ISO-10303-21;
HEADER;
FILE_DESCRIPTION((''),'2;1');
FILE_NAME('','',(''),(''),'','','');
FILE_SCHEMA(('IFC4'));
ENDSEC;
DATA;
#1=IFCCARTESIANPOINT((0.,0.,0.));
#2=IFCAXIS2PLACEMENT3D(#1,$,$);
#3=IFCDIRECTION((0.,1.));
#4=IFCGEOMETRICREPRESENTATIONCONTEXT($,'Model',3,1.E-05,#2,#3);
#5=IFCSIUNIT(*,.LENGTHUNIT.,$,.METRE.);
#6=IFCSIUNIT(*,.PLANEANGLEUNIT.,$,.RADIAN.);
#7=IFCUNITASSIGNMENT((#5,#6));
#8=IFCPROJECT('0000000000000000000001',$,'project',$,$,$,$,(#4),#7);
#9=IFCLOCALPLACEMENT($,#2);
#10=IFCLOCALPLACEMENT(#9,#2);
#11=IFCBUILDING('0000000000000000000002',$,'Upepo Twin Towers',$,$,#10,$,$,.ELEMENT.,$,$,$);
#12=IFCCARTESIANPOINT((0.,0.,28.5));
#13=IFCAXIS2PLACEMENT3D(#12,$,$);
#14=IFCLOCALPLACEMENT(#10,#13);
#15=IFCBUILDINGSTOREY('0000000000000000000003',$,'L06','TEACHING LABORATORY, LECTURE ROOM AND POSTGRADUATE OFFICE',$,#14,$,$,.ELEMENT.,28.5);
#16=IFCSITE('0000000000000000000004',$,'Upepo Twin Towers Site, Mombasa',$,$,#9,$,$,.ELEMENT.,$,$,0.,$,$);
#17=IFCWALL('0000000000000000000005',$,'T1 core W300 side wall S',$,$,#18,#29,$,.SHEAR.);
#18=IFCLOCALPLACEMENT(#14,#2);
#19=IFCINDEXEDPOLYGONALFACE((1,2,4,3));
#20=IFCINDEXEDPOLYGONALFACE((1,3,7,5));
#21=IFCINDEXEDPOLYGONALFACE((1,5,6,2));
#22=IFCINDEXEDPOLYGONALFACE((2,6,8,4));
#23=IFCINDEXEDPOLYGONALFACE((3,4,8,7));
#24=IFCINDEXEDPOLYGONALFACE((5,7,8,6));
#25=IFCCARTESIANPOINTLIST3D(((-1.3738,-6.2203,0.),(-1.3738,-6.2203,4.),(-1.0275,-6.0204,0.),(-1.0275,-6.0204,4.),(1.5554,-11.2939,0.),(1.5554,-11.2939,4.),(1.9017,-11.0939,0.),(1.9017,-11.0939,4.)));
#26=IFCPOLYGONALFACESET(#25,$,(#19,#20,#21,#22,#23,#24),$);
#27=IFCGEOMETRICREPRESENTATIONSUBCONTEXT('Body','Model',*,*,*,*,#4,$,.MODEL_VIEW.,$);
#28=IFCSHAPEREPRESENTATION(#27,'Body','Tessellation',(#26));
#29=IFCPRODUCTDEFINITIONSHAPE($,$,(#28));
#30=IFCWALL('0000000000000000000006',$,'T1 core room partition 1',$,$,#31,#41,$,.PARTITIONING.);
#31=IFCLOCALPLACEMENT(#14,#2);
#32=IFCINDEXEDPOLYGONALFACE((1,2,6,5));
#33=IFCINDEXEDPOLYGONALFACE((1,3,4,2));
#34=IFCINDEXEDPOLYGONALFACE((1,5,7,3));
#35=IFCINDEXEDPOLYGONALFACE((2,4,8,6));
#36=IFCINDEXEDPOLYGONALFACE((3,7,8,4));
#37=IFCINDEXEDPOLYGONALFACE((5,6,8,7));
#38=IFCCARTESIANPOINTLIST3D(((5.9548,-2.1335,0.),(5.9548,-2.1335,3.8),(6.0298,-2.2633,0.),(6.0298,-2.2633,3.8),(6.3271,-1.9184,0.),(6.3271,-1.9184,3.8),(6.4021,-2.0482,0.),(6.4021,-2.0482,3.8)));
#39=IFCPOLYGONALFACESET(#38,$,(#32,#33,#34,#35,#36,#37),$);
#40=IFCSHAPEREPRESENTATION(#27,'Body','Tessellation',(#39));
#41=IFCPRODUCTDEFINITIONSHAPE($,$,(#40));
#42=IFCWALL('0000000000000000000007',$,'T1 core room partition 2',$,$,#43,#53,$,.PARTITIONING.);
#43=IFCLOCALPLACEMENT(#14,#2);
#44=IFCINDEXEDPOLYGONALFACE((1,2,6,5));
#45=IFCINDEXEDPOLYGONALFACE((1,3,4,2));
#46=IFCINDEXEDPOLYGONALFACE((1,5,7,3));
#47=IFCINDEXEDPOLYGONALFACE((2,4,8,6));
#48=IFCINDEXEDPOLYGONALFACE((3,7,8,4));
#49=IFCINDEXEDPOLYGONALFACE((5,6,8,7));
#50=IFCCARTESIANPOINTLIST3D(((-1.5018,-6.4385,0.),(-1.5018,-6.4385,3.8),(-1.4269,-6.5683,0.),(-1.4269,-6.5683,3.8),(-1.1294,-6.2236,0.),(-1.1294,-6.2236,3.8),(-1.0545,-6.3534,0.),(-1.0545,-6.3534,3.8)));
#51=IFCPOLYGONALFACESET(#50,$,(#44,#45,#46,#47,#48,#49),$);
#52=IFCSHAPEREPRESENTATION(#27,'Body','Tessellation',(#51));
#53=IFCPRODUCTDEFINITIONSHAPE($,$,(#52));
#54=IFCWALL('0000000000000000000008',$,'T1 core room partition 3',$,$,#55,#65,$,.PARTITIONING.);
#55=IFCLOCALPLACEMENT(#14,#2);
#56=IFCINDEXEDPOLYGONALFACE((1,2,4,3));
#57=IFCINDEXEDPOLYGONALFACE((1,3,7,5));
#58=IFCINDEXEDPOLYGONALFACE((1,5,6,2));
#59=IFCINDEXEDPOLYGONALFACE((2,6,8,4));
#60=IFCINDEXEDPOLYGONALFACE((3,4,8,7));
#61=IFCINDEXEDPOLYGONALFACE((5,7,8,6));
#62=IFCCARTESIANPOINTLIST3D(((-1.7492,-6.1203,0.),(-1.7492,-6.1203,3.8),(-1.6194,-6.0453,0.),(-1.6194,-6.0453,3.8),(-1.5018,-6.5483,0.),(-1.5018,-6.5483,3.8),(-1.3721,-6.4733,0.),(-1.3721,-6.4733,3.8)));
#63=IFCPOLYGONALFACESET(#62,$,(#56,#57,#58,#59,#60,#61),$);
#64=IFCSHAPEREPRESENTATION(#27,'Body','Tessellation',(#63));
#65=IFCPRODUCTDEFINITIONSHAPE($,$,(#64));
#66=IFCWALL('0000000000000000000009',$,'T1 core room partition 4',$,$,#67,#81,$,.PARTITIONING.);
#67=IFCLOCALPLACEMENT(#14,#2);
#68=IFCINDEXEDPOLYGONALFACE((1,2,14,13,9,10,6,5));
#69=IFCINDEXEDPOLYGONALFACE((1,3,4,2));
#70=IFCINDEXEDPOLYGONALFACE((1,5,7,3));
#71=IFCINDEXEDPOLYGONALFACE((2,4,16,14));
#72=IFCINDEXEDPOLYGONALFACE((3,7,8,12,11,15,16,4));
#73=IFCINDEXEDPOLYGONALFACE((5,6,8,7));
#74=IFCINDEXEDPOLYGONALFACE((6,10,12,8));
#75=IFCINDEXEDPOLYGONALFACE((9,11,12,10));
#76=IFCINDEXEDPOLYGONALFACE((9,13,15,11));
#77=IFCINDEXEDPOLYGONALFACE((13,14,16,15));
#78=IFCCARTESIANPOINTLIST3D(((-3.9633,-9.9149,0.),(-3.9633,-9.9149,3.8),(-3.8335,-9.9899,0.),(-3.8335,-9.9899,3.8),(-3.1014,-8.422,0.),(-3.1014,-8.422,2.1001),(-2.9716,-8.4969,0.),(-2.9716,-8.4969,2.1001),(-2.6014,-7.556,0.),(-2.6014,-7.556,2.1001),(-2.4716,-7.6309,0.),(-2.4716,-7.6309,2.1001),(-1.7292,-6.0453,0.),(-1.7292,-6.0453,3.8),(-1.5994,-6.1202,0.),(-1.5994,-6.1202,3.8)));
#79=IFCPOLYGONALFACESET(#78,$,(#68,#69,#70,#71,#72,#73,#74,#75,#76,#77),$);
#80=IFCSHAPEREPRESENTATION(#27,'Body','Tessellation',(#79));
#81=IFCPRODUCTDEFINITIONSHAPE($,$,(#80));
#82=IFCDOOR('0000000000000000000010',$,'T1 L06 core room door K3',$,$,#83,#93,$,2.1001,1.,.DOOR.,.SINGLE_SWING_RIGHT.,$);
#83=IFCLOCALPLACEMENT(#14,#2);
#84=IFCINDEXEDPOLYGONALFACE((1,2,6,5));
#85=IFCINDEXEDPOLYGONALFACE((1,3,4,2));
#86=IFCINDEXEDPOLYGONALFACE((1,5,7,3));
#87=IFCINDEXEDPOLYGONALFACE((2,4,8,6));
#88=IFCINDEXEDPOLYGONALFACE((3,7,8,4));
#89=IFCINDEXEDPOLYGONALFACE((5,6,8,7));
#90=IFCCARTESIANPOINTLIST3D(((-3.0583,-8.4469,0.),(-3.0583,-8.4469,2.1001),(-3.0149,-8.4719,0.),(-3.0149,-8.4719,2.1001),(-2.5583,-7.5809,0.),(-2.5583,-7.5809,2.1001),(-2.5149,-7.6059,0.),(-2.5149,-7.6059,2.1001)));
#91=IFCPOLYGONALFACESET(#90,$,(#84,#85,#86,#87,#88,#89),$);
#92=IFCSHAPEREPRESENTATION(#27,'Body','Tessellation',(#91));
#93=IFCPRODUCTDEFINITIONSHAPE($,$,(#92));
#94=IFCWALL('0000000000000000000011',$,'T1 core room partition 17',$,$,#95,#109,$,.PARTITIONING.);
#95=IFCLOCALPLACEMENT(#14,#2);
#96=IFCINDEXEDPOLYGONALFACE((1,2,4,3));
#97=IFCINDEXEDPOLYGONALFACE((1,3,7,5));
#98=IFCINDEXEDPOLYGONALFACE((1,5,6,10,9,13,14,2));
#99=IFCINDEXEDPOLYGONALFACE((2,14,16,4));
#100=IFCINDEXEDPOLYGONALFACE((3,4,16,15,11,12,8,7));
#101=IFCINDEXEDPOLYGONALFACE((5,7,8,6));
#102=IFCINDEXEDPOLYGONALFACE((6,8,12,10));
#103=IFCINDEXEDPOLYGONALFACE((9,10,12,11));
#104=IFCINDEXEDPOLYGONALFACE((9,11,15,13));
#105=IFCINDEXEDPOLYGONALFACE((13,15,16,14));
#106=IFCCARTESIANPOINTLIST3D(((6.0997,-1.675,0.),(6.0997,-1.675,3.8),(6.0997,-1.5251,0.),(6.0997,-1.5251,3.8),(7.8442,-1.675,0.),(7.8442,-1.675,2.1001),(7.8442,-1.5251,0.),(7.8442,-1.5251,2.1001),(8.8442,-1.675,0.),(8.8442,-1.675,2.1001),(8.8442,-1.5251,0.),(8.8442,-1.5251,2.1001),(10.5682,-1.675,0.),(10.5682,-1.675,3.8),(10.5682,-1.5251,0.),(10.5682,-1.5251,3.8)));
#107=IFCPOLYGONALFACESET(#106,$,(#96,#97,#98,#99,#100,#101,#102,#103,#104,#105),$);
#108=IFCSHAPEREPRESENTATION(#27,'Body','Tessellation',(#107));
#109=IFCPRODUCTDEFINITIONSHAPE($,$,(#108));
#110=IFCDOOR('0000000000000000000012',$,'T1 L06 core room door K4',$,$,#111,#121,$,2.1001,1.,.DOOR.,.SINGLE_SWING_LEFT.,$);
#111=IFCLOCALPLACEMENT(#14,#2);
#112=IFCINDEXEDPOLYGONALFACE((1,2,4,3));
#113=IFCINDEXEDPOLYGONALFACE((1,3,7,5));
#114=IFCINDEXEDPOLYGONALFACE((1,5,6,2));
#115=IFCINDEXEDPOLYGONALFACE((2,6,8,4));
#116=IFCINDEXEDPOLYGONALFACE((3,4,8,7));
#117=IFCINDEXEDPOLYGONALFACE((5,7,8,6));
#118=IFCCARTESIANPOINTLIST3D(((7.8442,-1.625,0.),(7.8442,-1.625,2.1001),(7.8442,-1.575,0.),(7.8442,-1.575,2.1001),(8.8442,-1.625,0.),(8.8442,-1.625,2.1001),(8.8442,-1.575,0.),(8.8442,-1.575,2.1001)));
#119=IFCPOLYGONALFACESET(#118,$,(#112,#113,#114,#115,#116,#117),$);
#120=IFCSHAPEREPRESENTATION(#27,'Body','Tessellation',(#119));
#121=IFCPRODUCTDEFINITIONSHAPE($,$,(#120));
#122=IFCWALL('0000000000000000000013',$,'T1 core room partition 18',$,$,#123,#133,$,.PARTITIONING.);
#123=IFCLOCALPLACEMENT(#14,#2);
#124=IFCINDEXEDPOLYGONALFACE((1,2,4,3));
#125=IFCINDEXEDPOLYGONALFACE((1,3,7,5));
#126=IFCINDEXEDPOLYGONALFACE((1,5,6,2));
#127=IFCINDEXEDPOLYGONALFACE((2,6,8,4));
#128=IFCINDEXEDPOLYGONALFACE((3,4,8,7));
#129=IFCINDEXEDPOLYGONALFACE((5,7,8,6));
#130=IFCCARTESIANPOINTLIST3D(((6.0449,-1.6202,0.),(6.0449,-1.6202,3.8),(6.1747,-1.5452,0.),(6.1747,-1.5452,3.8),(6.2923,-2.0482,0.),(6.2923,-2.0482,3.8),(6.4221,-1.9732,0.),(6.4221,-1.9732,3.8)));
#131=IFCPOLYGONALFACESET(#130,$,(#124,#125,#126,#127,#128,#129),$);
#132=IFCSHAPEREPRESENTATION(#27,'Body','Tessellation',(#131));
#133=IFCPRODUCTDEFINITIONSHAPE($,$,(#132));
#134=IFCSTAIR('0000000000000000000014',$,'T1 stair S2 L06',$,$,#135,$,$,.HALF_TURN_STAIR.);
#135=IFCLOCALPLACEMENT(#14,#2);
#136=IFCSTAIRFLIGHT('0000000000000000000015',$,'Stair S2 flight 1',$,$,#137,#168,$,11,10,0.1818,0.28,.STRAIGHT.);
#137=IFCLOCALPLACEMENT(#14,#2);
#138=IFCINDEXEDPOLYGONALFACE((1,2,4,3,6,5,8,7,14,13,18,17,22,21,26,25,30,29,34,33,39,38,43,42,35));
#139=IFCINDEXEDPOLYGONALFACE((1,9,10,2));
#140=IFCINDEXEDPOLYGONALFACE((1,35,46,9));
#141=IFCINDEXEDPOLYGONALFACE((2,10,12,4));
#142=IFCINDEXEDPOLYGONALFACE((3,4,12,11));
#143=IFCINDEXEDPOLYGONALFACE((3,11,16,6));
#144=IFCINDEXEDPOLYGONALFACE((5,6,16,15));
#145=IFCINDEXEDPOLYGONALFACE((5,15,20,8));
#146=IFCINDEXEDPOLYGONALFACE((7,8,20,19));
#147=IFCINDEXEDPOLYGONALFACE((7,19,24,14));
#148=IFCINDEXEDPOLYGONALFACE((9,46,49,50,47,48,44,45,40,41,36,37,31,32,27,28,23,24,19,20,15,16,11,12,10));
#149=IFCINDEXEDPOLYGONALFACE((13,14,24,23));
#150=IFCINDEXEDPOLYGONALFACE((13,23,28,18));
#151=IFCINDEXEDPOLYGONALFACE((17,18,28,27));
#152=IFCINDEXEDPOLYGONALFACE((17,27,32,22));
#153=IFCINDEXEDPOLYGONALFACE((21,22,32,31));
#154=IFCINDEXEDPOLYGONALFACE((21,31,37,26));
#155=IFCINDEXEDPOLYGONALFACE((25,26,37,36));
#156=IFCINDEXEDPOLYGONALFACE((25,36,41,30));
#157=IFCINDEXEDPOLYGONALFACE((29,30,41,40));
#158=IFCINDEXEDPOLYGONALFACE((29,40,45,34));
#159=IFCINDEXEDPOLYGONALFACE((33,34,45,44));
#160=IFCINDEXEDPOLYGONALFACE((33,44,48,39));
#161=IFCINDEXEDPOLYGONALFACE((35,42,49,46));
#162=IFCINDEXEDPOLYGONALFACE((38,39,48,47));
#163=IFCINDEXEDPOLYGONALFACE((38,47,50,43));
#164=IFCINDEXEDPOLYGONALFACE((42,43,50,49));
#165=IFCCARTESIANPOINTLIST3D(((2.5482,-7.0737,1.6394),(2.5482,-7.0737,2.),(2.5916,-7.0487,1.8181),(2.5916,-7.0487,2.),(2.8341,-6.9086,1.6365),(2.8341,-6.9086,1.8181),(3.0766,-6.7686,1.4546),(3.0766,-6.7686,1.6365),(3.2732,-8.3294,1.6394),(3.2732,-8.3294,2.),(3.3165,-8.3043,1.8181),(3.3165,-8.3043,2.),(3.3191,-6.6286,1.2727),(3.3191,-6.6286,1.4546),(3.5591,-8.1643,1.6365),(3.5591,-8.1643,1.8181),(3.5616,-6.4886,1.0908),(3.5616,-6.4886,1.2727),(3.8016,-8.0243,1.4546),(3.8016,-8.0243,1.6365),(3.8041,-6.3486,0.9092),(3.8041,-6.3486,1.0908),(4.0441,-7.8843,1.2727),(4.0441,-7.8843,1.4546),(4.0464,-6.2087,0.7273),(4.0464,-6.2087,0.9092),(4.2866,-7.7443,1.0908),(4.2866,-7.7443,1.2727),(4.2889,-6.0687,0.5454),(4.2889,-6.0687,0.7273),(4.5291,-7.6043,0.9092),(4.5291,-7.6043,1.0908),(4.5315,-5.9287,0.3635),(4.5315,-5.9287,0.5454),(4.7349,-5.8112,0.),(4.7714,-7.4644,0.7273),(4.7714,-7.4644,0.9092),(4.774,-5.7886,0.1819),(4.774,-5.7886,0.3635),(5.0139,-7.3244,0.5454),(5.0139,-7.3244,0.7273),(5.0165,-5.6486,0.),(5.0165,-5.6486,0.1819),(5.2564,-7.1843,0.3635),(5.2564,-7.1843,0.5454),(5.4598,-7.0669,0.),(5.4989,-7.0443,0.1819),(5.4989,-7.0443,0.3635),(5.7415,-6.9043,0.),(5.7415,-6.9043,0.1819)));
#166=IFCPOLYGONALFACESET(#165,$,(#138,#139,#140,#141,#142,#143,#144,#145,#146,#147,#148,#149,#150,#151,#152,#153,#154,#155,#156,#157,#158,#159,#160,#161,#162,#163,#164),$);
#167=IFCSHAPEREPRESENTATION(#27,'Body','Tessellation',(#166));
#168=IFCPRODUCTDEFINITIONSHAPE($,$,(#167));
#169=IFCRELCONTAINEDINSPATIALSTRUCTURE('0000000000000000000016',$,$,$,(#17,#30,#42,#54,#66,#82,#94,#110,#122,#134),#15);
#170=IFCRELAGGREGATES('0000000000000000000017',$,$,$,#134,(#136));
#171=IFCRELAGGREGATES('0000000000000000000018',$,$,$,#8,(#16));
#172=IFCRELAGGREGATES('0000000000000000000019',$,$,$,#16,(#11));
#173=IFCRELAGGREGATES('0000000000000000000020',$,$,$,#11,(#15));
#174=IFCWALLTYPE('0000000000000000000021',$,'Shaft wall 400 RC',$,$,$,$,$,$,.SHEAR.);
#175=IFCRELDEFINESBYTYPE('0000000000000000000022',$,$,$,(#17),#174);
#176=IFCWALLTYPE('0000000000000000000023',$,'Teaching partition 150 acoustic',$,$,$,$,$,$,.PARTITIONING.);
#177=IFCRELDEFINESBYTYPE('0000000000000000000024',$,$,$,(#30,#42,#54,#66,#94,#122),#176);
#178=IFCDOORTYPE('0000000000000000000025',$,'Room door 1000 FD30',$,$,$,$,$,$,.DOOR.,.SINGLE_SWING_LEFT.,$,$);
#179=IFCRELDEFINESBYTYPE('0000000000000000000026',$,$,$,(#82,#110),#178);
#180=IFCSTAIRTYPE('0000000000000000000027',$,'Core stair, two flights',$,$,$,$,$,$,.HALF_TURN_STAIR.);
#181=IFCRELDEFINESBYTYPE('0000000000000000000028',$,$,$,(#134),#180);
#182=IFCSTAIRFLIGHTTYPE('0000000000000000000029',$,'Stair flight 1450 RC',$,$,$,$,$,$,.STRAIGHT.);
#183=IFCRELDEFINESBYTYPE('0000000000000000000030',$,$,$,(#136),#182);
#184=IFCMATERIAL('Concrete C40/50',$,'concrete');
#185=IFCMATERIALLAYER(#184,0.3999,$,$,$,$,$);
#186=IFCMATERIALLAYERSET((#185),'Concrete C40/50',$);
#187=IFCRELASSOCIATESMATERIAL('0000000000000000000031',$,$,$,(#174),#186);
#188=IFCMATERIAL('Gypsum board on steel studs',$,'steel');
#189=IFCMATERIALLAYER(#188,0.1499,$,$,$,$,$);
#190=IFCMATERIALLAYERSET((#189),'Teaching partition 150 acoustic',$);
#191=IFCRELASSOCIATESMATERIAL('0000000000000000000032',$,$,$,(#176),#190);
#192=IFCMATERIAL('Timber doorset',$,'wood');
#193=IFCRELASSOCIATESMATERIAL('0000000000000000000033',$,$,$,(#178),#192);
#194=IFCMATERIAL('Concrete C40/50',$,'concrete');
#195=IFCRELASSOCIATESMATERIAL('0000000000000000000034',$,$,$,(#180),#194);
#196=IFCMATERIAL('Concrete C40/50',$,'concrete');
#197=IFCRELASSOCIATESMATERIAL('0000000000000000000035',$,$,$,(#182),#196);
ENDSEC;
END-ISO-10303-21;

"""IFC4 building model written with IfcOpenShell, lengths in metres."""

from ifc_helpers import new_model, si_unit, direction, frame, frame_2d, origin, place, context, subcontext, project, spatial, polyline, rectangle, outline, extrude, material, layer, layer_set, type_object, element, fill, aggregate, save


model = new_model("IFC4")

# Units and contexts
model_context = context("Model", 3, precision=1e-05, world=origin(), true_north=direction((0.0, 1.0)))
body_context = subcontext(model_context, "Body", "Model", "MODEL_VIEW")
ifc_project = project(units=[si_unit("LENGTHUNIT", "METRE"), si_unit("PLANEANGLEUNIT", "RADIAN")], contexts=[model_context])

# Site, building, storey
site_placement = place(None, origin())
site = spatial("IfcSite", under=ifc_project, at=site_placement, Name="Upepo Twin Towers Site, Mombasa", CompositionType="ELEMENT", RefElevation=0.0)
building_placement = place(site_placement, origin())
building = spatial("IfcBuilding", under=site, at=building_placement, Name="Upepo Twin Towers", CompositionType="ELEMENT")
storey_placement = place(building_placement, frame((0.0, 0.0, 28.5)))
storey = spatial("IfcBuildingStorey", under=building, at=storey_placement, Name="L06", Description="TEACHING LABORATORY, LECTURE ROOM AND POSTGRADUATE OFFICE", CompositionType="ELEMENT", Elevation=28.5)

# Walls
ifc_material_1 = material(Name="Concrete C40/50", Category="concrete")
ifc_layer_1 = layer(ifc_material_1, 0.3999)
ifc_layer_set_1 = layer_set([ifc_layer_1], Name="Concrete C40/50")
wall_type_1 = type_object("IfcWallType", Name="Shaft wall 400 RC", PredefinedType="SHEAR", material=ifc_layer_set_1)
for number, where, z_axis, x_axis, name in (
    (1, (-1.2007, -6.1204, 0.0), (0.0, 0.0, 1.0), (0.500003, -0.866024, 0.0), "T1 core W300 side wall S"),
):
    element("IfcWall", number, at=place(storey_placement, frame(where, z_axis=z_axis, x_axis=x_axis)), inside=storey, type_object=wall_type_1, Name=name, PredefinedType="SHEAR", context=body_context, shape_type="SweptSolid", body=[
        extrude(rectangle(XDim=5.8584, YDim=0.3999, at=frame_2d((2.9292, 0.0))), origin(), (0.0, 0.0, 1.0), 4.0),
    ])
ifc_material_2 = material(Name="Gypsum board on steel studs", Category="steel")
ifc_layer_2 = layer(ifc_material_2, 0.1499)
ifc_layer_set_2 = layer_set([ifc_layer_2], Name="Teaching partition 150 acoustic")
wall_type_2 = type_object("IfcWallType", Name="Teaching partition 150 acoustic", PredefinedType="PARTITIONING", material=ifc_layer_set_2)
for number, where, z_axis, x_axis, name in (
    (2, (6.3645, -1.9834, 0.0), (0.0, 0.0, 1.0), (-0.865892, -0.50023, 0.0), "T1 core room partition 1"),
    (3, (-1.092, -6.2886, 0.0), (0.0, 0.0, 1.0), (-0.866138, -0.499804, 0.0), "T1 core room partition 2"),
):
    element("IfcWall", number, at=place(storey_placement, frame(where, z_axis=z_axis, x_axis=x_axis)), inside=storey, type_object=wall_type_2, Name=name, PredefinedType="PARTITIONING", context=body_context, shape_type="SweptSolid", body=[
        extrude(rectangle(XDim=0.4299, YDim=0.1499, at=frame_2d((0.2148, 0.0))), origin(), (0.0, 0.0, 1.0), 3.8),
    ])
wall_1_placement = place(storey_placement, frame((-1.437, -6.5107, 0.0), z_axis=(0.0, 0.0, 1.0), x_axis=(-0.500335, 0.865832, 0.0)))
element("IfcWall", 4, at=wall_1_placement, inside=storey, type_object=wall_type_2, Name="T1 core room partition 3", PredefinedType="PARTITIONING", context=body_context, shape_type="SweptSolid", body=[
    extrude(rectangle(XDim=0.4944, YDim=0.1499, at=frame_2d((0.2471, 0.0))), origin(), (0.0, 0.0, 1.0), 3.8),
])

# Walls, openings, doors
wall_2_placement = place(storey_placement, frame((-1.6643, -6.0828, 0.0), z_axis=(0.0, 0.0, 1.0), x_axis=(-0.5, -0.866025, 0.0)))
wall_2 = element("IfcWall", 5, at=wall_2_placement, inside=storey, type_object=wall_type_2, Name="T1 core room partition 4", PredefinedType="PARTITIONING", context=body_context, shape_type="SweptSolid", body=[
    extrude(rectangle(XDim=4.4683, YDim=0.1499, at=frame_2d((2.2341, 0.0))), origin(), (0.0, 0.0, 1.0), 3.8),
])
opening_1_placement = place(wall_2_placement, frame((1.7444, 0.0, 0.0)))
opening_1 = element("IfcOpeningElement", 6, at=opening_1_placement, cuts=wall_2, PredefinedType="OPENING", context=body_context, shape_type="SweptSolid", body=[
    extrude(rectangle(XDim=1.0, YDim=2.1001, at=frame_2d((0.5, 1.05))), frame((0.0, 0.085, 0.0), z_axis=(0.0, -1.0, 0.0), x_axis=(1.0, 0.0, 0.0)), (0.0, 0.0, 1.0), 0.1699),
])
ifc_material_3 = material(Name="Timber doorset", Category="wood")
door_type_1 = type_object("IfcDoorType", Name="Room door 1000 FD30", OperationType="SINGLE_SWING_LEFT", PredefinedType="DOOR", material=ifc_material_3)
door_1_placement = place(opening_1_placement, origin())
door_1 = element("IfcDoor", 7, at=door_1_placement, inside=storey, type_object=door_type_1, Name="T1 L06 core room door K3", OperationType="SINGLE_SWING_RIGHT", OverallHeight=2.1001, OverallWidth=1.0, PredefinedType="DOOR", context=body_context, shape_type="SweptSolid", body=[
    extrude(rectangle(XDim=1.0, YDim=2.1001, at=frame_2d((0.5, 1.05))), frame((0.0, 0.0249, 0.0), z_axis=(0.0, -1.0, 0.0), x_axis=(1.0, 0.0, 0.0)), (0.0, 0.0, 1.0), 0.05),
])
fill(opening_1, door_1)
wall_3_placement = place(storey_placement, frame((10.5684, -1.6001, 0.0), z_axis=(0.0, 0.0, 1.0), x_axis=(-1.0, 0.0, 0.0)))
wall_3 = element("IfcWall", 8, at=wall_3_placement, inside=storey, type_object=wall_type_2, Name="T1 core room partition 17", PredefinedType="PARTITIONING", context=body_context, shape_type="SweptSolid", body=[
    extrude(rectangle(XDim=4.4685, YDim=0.1499, at=frame_2d((2.2344, 0.0))), origin(), (0.0, 0.0, 1.0), 3.8),
])
opening_2_placement = place(wall_3_placement, frame((1.7241, 0.0, 0.0)))
opening_2 = element("IfcOpeningElement", 9, at=opening_2_placement, cuts=wall_3, PredefinedType="OPENING", context=body_context, shape_type="SweptSolid", body=[
    extrude(rectangle(XDim=1.0, YDim=2.1001, at=frame_2d((0.5, 1.05))), frame((0.0, 0.085, 0.0), z_axis=(0.0, -1.0, 0.0), x_axis=(1.0, 0.0, 0.0)), (0.0, 0.0, 1.0), 0.1699),
])
door_2_placement = place(opening_2_placement, origin())
door_2 = element("IfcDoor", 10, at=door_2_placement, inside=storey, type_object=door_type_1, Name="T1 L06 core room door K4", OperationType="SINGLE_SWING_LEFT", OverallHeight=2.1001, OverallWidth=1.0, PredefinedType="DOOR", context=body_context, shape_type="SweptSolid", body=[
    extrude(rectangle(XDim=1.0, YDim=2.1001, at=frame_2d((0.5, 1.05))), frame((0.0, 0.0249, 0.0), z_axis=(0.0, -1.0, 0.0), x_axis=(1.0, 0.0, 0.0)), (0.0, 0.0, 1.0), 0.05),
])
fill(opening_2, door_2)

# Wall
wall_4_placement = place(storey_placement, frame((6.1099, -1.5828, 0.0), z_axis=(0.0, 0.0, 1.0), x_axis=(0.500335, -0.865832, 0.0)))
element("IfcWall", 11, at=wall_4_placement, inside=storey, type_object=wall_type_2, Name="T1 core room partition 18", PredefinedType="PARTITIONING", context=body_context, shape_type="SweptSolid", body=[
    extrude(rectangle(XDim=0.4944, YDim=0.1499, at=frame_2d((0.2471, 0.0))), origin(), (0.0, 0.0, 1.0), 3.8),
])

# Stair, stair flight
ifc_material_4 = material(Name="Concrete C40/50", Category="concrete")
stair_type = type_object("IfcStairType", Name="Core stair, two flights", PredefinedType="HALF_TURN_STAIR", material=ifc_material_4)
stair_placement = place(storey_placement, origin())
stair = element("IfcStair", 12, at=stair_placement, inside=storey, type_object=stair_type, Name="T1 stair S2 L06", PredefinedType="HALF_TURN_STAIR")
ifc_material_5 = material(Name="Concrete C40/50", Category="concrete")
stair_flight_type = type_object("IfcStairFlightType", Name="Stair flight 1450 RC", PredefinedType="STRAIGHT", material=ifc_material_5)
stair_flight_placement = place(storey_placement, frame((5.3789, -6.2764, 0.0), z_axis=(0.0, 0.0, 1.0), x_axis=(-0.866025, -0.5, 0.0)))
stair_flight = element("IfcStairFlight", 13, at=stair_flight_placement, type_object=stair_flight_type, Name="Stair S2 flight 1", NumberOfRisers=11, NumberOfTreads=10, PredefinedType="STRAIGHT", RiserHeight=0.1818, TreadLength=0.28, context=body_context, shape_type="SweptSolid", body=[
    extrude(outline(polyline([(0.0, 0.0), (0.0, 0.1819), (0.28, 0.1819), (0.28, 0.3635), (0.5601, 0.3635), (0.5601, 0.5454), (0.8401, 0.5454), (0.8401, 0.7273), (1.1201, 0.7273), (1.1201, 0.9092), (1.3999, 0.9092), (1.3999, 1.0908), (1.6799, 1.0908), (1.6799, 1.2727), (1.96, 1.2727), (1.96, 1.4546), (2.24, 1.4546), (2.24, 1.6365), (2.52, 1.6365), (2.52, 1.8181), (2.8, 1.8181), (2.8, 2.0), (2.8501, 2.0), (2.8501, 1.6394), (0.3252, 0.0), (0.0, 0.0)])), frame((0.0, 0.7251, 0.0), z_axis=(0.0, -1.0, 0.0), x_axis=(1.0, 0.0, 0.0)), (0.0, 0.0, 1.0), 1.45),
])
aggregate(stair, [stair_flight])

save(model, "model.ifc")
